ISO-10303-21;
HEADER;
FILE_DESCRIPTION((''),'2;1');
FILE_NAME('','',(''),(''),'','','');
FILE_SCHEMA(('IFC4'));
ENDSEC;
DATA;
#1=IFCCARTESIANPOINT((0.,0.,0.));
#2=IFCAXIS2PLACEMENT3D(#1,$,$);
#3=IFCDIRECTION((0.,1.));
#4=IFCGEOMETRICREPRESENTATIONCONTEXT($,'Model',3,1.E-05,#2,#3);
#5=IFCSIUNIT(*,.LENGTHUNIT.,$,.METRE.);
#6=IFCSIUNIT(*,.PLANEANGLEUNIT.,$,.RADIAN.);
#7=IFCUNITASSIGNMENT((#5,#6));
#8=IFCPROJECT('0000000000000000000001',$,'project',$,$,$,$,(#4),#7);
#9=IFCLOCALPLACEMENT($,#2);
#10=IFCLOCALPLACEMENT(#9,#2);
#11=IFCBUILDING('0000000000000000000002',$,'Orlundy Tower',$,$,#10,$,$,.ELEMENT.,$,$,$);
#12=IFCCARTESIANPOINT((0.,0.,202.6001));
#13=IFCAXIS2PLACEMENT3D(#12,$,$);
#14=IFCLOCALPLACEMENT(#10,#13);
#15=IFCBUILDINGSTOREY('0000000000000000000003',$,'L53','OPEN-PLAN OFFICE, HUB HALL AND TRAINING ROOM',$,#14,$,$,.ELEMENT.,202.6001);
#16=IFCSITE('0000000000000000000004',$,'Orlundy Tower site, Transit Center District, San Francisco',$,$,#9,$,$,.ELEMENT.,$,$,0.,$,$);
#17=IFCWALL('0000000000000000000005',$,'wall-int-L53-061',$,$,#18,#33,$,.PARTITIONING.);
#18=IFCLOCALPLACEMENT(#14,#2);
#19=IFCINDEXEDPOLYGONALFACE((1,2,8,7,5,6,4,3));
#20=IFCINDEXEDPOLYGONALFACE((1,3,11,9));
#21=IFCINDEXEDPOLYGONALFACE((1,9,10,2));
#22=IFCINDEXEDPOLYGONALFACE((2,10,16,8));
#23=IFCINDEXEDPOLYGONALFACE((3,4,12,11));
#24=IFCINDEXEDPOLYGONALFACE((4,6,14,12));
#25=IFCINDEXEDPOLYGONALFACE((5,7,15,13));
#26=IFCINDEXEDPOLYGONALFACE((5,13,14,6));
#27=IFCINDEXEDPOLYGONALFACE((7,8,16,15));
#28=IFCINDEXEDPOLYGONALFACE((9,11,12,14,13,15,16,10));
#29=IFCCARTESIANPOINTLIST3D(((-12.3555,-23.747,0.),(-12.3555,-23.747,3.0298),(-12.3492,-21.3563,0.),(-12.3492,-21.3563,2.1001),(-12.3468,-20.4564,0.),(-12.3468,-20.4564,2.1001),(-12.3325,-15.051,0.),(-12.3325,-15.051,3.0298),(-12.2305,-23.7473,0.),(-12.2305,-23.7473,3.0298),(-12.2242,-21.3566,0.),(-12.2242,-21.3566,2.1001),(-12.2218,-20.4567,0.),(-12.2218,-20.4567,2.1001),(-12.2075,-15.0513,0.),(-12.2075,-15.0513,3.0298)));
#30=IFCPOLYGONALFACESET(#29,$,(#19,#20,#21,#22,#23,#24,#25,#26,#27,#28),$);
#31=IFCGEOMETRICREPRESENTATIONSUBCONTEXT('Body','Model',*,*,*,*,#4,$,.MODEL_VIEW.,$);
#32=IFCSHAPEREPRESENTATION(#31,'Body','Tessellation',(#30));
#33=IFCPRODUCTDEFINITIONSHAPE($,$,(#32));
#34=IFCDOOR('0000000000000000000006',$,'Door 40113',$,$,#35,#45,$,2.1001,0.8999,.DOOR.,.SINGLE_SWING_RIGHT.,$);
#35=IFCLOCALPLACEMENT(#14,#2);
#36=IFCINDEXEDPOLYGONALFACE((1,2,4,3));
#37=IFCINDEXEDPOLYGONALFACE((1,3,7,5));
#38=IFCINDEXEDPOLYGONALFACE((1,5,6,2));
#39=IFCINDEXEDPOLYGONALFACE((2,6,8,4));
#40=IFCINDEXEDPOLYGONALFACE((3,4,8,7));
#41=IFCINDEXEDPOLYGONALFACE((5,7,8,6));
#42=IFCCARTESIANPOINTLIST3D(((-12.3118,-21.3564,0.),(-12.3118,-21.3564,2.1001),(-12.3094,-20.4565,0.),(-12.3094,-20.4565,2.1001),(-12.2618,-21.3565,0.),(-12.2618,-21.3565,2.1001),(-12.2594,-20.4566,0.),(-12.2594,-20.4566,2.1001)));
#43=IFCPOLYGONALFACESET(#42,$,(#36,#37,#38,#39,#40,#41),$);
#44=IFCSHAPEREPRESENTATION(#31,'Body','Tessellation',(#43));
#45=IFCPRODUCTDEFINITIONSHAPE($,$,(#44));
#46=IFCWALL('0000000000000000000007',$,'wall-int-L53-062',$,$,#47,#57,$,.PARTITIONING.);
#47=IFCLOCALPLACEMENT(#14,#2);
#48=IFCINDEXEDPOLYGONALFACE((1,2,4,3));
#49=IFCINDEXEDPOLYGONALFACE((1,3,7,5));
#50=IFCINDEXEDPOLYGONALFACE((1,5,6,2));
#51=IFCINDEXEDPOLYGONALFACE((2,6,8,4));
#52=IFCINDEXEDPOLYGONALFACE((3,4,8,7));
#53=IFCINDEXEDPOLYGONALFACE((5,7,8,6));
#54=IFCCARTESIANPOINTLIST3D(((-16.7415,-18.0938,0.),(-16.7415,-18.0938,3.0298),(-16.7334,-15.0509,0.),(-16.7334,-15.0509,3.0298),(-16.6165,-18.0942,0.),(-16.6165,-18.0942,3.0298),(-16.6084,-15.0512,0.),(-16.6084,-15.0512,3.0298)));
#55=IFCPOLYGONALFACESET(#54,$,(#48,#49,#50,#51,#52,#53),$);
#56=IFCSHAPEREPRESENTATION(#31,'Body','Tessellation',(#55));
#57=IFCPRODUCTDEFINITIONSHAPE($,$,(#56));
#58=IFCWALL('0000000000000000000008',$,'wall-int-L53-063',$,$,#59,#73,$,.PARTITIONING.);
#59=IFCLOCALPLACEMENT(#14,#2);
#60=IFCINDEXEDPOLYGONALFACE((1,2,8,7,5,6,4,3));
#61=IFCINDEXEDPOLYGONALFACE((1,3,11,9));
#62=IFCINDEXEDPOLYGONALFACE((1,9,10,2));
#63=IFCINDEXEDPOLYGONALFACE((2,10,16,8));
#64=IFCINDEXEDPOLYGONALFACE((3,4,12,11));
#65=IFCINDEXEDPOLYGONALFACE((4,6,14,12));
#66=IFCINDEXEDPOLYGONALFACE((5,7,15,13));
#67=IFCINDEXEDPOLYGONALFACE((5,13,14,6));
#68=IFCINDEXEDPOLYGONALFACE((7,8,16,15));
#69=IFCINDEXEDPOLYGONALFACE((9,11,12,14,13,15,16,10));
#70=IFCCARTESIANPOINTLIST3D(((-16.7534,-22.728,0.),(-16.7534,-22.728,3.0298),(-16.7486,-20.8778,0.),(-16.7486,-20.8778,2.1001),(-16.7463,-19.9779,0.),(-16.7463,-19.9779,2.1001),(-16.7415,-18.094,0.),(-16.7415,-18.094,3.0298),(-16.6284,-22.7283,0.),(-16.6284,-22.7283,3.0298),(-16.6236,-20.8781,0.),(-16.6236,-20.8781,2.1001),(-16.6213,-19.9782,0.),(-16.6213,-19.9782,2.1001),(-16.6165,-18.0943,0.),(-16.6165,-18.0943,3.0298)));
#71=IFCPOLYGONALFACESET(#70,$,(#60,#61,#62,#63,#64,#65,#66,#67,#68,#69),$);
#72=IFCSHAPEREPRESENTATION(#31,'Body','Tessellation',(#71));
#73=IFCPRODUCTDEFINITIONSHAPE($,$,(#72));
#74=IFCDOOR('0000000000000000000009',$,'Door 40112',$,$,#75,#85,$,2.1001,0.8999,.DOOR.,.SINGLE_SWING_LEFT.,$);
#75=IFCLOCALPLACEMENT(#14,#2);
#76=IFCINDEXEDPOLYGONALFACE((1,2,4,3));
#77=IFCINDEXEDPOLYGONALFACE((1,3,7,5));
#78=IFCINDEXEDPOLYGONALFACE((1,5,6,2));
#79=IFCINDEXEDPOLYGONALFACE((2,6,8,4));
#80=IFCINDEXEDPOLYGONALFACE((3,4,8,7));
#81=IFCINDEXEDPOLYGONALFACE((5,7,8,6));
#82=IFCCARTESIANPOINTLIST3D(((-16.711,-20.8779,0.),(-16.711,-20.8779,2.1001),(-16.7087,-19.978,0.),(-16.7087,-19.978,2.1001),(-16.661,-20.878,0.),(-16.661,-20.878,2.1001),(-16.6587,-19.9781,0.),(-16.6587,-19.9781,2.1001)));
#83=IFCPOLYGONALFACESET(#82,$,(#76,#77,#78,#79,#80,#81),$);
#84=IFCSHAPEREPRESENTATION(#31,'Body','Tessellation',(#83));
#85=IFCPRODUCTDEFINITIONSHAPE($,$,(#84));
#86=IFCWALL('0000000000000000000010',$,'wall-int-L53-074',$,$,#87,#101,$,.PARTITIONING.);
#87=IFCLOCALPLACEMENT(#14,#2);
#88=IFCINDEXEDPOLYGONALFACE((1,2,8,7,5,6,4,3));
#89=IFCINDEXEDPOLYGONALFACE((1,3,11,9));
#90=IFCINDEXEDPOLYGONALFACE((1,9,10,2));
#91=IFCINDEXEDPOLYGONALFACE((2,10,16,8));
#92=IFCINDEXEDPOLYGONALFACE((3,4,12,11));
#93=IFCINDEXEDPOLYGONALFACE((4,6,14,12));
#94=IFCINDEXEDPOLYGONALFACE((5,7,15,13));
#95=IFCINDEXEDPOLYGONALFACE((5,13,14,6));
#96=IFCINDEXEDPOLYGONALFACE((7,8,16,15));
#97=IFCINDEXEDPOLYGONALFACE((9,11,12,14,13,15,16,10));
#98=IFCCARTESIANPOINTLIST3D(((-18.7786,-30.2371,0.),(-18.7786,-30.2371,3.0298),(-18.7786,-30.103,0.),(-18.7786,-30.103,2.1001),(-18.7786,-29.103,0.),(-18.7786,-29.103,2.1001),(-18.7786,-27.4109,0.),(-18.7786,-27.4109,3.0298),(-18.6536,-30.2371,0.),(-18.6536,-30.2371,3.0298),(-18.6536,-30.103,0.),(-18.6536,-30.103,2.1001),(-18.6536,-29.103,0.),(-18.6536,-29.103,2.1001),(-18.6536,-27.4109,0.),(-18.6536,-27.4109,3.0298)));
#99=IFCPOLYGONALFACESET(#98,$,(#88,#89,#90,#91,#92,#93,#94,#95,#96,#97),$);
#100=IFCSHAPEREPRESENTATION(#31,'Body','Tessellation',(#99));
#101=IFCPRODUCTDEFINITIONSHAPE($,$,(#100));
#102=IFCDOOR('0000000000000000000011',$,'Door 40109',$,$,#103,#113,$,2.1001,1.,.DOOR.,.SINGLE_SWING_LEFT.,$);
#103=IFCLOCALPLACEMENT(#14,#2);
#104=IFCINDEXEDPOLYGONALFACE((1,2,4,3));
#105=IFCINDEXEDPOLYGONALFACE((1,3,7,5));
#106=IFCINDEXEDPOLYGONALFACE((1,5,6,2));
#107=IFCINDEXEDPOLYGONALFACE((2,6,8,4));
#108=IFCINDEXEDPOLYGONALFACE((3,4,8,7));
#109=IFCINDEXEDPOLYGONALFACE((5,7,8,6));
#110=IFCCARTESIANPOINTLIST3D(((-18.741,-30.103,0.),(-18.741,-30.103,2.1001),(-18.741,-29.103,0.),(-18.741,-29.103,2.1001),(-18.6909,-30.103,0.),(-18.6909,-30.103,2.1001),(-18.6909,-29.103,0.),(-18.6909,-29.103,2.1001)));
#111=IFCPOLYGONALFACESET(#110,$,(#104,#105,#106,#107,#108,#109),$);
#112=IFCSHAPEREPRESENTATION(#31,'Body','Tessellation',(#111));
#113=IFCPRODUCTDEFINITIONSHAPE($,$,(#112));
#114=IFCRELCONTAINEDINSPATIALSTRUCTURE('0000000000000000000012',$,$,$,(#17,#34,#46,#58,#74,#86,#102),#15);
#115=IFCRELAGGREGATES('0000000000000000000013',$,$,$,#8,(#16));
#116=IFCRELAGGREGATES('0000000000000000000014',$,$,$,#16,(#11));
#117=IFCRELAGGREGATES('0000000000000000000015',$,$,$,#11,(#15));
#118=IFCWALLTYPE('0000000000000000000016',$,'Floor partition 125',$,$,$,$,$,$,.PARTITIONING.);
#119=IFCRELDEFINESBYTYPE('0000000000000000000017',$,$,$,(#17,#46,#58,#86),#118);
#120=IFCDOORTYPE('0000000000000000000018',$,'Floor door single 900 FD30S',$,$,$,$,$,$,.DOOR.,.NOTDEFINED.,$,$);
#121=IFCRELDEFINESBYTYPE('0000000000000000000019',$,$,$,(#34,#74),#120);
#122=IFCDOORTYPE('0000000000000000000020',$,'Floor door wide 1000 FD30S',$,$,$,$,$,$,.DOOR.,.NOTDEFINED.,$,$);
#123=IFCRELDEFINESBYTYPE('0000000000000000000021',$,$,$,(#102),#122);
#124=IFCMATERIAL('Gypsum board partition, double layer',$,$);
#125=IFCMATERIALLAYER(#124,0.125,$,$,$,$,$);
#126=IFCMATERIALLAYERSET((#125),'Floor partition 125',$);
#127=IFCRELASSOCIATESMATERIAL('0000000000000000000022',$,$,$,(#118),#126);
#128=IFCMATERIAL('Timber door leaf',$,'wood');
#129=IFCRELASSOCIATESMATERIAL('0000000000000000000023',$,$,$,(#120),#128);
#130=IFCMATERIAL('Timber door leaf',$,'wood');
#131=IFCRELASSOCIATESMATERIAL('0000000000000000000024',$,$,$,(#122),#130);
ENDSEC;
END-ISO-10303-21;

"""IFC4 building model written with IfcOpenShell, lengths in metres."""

from ifc_helpers import new_model, si_unit, direction, frame, frame_2d, origin, place, context, subcontext, project, spatial, rectangle, extrude, material, layer, layer_set, type_object, element, fill, save


model = new_model("IFC4")

# Units and contexts
model_context = context("Model", 3, precision=1e-05, world=origin(), true_north=direction((0.0, 1.0)))
body_context = subcontext(model_context, "Body", "Model", "MODEL_VIEW")
ifc_project = project(units=[si_unit("LENGTHUNIT", "METRE"), si_unit("PLANEANGLEUNIT", "RADIAN")], contexts=[model_context])

# Site, building, storey
site_placement = place(None, origin())
site = spatial("IfcSite", under=ifc_project, at=site_placement, Name="Orlundy Tower site, Transit Center District, San Francisco", CompositionType="ELEMENT", RefElevation=0.0)
building_placement = place(site_placement, origin())
building = spatial("IfcBuilding", under=site, at=building_placement, Name="Orlundy Tower", CompositionType="ELEMENT")
storey_placement = place(building_placement, frame((0.0, 0.0, 202.6001)))
storey = spatial("IfcBuildingStorey", under=building, at=storey_placement, Name="L53", Description="OPEN-PLAN OFFICE, HUB HALL AND TRAINING ROOM", CompositionType="ELEMENT", Elevation=202.6001)

# Shared definitions
ifc_material_1 = material(Name="Gypsum board partition, double layer")
ifc_layer_1 = layer(ifc_material_1, 0.125)
ifc_layer_set_1 = layer_set([ifc_layer_1], Name="Floor partition 125")
wall_type_1 = type_object("IfcWallType", Name="Floor partition 125", PredefinedType="PARTITIONING", material=ifc_layer_set_1)

# Wall, opening, door
ifc_material_2 = material(Name="Timber door leaf", Category="wood")
door_type_1 = type_object("IfcDoorType", Name="Floor door single 900 FD30S", OperationType="NOTDEFINED", PredefinedType="DOOR", material=ifc_material_2)
wall_1_placement = place(storey_placement, frame((-12.27, -15.051, 0.0), z_axis=(0.0, 0.0, 1.0), x_axis=(-0.002639, -0.999997, 0.0)))
wall_1 = element("IfcWall", 1, at=wall_1_placement, inside=storey, type_object=wall_type_1, Name="wall-int-L53-061", PredefinedType="PARTITIONING", context=body_context, shape_type="SweptSolid", body=[
    extrude(rectangle(XDim=8.696, YDim=0.125, at=frame_2d((4.3481, 0.0))), origin(), (0.0, 0.0, 1.0), 3.0298),
])
opening_1_placement = place(wall_1_placement, frame((5.4055, 0.0, 0.0)))
opening_1 = element("IfcOpeningElement", 2, at=opening_1_placement, cuts=wall_1, PredefinedType="OPENING", context=body_context, shape_type="SweptSolid", body=[
    extrude(rectangle(XDim=0.8999, YDim=2.1001, at=frame_2d((0.45, 1.05))), frame((0.0, 0.0725, 0.0), z_axis=(0.0, -1.0, 0.0), x_axis=(1.0, 0.0, 0.0)), (0.0, 0.0, 1.0), 0.145),
])
door_1_placement = place(opening_1_placement, origin())
door_1 = element("IfcDoor", 3, at=door_1_placement, inside=storey, type_object=door_type_1, Name="Door 40113", OperationType="SINGLE_SWING_RIGHT", OverallHeight=2.1001, OverallWidth=0.8999, PredefinedType="DOOR", context=body_context, shape_type="SweptSolid", body=[
    extrude(rectangle(XDim=0.8999, YDim=2.1001, at=frame_2d((0.45, 1.05))), frame((0.0, 0.0249, 0.0), z_axis=(0.0, -1.0, 0.0), x_axis=(1.0, 0.0, 0.0)), (0.0, 0.0, 1.0), 0.05),
])
fill(opening_1, door_1)

# Wall
wall_2_placement = place(storey_placement, frame((-16.679, -18.094, 0.0), z_axis=(0.0, 0.0, 1.0), x_axis=(0.002648, 0.999996, 0.0)))
element("IfcWall", 4, at=wall_2_placement, inside=storey, type_object=wall_type_1, Name="wall-int-L53-062", PredefinedType="PARTITIONING", context=body_context, shape_type="SweptSolid", body=[
    extrude(rectangle(XDim=3.043, YDim=0.125, at=frame_2d((1.5215, 0.0))), origin(), (0.0, 0.0, 1.0), 3.0298),
])

# Walls, openings, doors
wall_3_placement = place(storey_placement, frame((-16.6909, -22.728, 0.0), z_axis=(0.0, 0.0, 1.0), x_axis=(0.002582, 0.999997, 0.0)))
wall_3 = element("IfcWall", 5, at=wall_3_placement, inside=storey, type_object=wall_type_1, Name="wall-int-L53-063", PredefinedType="PARTITIONING", context=body_context, shape_type="SweptSolid", body=[
    extrude(rectangle(XDim=4.634, YDim=0.125, at=frame_2d((2.3169, 0.0))), origin(), (0.0, 0.0, 1.0), 3.0298),
])
opening_2_placement = place(wall_3_placement, frame((1.8501, 0.0, 0.0)))
opening_2 = element("IfcOpeningElement", 6, at=opening_2_placement, cuts=wall_3, PredefinedType="OPENING", context=body_context, shape_type="SweptSolid", body=[
    extrude(rectangle(XDim=0.8999, YDim=2.1001, at=frame_2d((0.45, 1.05))), frame((0.0, 0.0725, 0.0), z_axis=(0.0, -1.0, 0.0), x_axis=(1.0, 0.0, 0.0)), (0.0, 0.0, 1.0), 0.145),
])
door_2_placement = place(opening_2_placement, origin())
door_2 = element("IfcDoor", 7, at=door_2_placement, inside=storey, type_object=door_type_1, Name="Door 40112", OperationType="SINGLE_SWING_LEFT", OverallHeight=2.1001, OverallWidth=0.8999, PredefinedType="DOOR", context=body_context, shape_type="SweptSolid", body=[
    extrude(rectangle(XDim=0.8999, YDim=2.1001, at=frame_2d((0.45, 1.05))), frame((0.0, 0.0249, 0.0), z_axis=(0.0, -1.0, 0.0), x_axis=(1.0, 0.0, 0.0)), (0.0, 0.0, 1.0), 0.05),
])
fill(opening_2, door_2)
wall_4_placement = place(storey_placement, frame((-18.7161, -30.2371, 0.0), z_axis=(0.0, 0.0, 1.0), x_axis=(0.0, 1.0, 0.0)))
wall_4 = element("IfcWall", 8, at=wall_4_placement, inside=storey, type_object=wall_type_1, Name="wall-int-L53-074", PredefinedType="PARTITIONING", context=body_context, shape_type="SweptSolid", body=[
    extrude(rectangle(XDim=2.8262, YDim=0.125, at=frame_2d((1.4131, 0.0))), origin(), (0.0, 0.0, 1.0), 3.0298),
])
opening_3_placement = place(wall_4_placement, frame((0.134, 0.0, 0.0)))
opening_3 = element("IfcOpeningElement", 9, at=opening_3_placement, cuts=wall_4, PredefinedType="OPENING", context=body_context, shape_type="SweptSolid", body=[
    extrude(rectangle(XDim=1.0, YDim=2.1001, at=frame_2d((0.5, 1.05))), frame((0.0, 0.0725, 0.0), z_axis=(0.0, -1.0, 0.0), x_axis=(1.0, 0.0, 0.0)), (0.0, 0.0, 1.0), 0.145),
])
ifc_material_3 = material(Name="Timber door leaf", Category="wood")
door_type_2 = type_object("IfcDoorType", Name="Floor door wide 1000 FD30S", OperationType="NOTDEFINED", PredefinedType="DOOR", material=ifc_material_3)
door_3_placement = place(opening_3_placement, origin())
door_3 = element("IfcDoor", 10, at=door_3_placement, inside=storey, type_object=door_type_2, Name="Door 40109", OperationType="SINGLE_SWING_LEFT", OverallHeight=2.1001, OverallWidth=1.0, PredefinedType="DOOR", context=body_context, shape_type="SweptSolid", body=[
    extrude(rectangle(XDim=1.0, YDim=2.1001, at=frame_2d((0.5, 1.05))), frame((0.0, 0.0249, 0.0), z_axis=(0.0, -1.0, 0.0), x_axis=(1.0, 0.0, 0.0)), (0.0, 0.0, 1.0), 0.05),
])
fill(opening_3, door_3)

save(model, "model.ifc")
